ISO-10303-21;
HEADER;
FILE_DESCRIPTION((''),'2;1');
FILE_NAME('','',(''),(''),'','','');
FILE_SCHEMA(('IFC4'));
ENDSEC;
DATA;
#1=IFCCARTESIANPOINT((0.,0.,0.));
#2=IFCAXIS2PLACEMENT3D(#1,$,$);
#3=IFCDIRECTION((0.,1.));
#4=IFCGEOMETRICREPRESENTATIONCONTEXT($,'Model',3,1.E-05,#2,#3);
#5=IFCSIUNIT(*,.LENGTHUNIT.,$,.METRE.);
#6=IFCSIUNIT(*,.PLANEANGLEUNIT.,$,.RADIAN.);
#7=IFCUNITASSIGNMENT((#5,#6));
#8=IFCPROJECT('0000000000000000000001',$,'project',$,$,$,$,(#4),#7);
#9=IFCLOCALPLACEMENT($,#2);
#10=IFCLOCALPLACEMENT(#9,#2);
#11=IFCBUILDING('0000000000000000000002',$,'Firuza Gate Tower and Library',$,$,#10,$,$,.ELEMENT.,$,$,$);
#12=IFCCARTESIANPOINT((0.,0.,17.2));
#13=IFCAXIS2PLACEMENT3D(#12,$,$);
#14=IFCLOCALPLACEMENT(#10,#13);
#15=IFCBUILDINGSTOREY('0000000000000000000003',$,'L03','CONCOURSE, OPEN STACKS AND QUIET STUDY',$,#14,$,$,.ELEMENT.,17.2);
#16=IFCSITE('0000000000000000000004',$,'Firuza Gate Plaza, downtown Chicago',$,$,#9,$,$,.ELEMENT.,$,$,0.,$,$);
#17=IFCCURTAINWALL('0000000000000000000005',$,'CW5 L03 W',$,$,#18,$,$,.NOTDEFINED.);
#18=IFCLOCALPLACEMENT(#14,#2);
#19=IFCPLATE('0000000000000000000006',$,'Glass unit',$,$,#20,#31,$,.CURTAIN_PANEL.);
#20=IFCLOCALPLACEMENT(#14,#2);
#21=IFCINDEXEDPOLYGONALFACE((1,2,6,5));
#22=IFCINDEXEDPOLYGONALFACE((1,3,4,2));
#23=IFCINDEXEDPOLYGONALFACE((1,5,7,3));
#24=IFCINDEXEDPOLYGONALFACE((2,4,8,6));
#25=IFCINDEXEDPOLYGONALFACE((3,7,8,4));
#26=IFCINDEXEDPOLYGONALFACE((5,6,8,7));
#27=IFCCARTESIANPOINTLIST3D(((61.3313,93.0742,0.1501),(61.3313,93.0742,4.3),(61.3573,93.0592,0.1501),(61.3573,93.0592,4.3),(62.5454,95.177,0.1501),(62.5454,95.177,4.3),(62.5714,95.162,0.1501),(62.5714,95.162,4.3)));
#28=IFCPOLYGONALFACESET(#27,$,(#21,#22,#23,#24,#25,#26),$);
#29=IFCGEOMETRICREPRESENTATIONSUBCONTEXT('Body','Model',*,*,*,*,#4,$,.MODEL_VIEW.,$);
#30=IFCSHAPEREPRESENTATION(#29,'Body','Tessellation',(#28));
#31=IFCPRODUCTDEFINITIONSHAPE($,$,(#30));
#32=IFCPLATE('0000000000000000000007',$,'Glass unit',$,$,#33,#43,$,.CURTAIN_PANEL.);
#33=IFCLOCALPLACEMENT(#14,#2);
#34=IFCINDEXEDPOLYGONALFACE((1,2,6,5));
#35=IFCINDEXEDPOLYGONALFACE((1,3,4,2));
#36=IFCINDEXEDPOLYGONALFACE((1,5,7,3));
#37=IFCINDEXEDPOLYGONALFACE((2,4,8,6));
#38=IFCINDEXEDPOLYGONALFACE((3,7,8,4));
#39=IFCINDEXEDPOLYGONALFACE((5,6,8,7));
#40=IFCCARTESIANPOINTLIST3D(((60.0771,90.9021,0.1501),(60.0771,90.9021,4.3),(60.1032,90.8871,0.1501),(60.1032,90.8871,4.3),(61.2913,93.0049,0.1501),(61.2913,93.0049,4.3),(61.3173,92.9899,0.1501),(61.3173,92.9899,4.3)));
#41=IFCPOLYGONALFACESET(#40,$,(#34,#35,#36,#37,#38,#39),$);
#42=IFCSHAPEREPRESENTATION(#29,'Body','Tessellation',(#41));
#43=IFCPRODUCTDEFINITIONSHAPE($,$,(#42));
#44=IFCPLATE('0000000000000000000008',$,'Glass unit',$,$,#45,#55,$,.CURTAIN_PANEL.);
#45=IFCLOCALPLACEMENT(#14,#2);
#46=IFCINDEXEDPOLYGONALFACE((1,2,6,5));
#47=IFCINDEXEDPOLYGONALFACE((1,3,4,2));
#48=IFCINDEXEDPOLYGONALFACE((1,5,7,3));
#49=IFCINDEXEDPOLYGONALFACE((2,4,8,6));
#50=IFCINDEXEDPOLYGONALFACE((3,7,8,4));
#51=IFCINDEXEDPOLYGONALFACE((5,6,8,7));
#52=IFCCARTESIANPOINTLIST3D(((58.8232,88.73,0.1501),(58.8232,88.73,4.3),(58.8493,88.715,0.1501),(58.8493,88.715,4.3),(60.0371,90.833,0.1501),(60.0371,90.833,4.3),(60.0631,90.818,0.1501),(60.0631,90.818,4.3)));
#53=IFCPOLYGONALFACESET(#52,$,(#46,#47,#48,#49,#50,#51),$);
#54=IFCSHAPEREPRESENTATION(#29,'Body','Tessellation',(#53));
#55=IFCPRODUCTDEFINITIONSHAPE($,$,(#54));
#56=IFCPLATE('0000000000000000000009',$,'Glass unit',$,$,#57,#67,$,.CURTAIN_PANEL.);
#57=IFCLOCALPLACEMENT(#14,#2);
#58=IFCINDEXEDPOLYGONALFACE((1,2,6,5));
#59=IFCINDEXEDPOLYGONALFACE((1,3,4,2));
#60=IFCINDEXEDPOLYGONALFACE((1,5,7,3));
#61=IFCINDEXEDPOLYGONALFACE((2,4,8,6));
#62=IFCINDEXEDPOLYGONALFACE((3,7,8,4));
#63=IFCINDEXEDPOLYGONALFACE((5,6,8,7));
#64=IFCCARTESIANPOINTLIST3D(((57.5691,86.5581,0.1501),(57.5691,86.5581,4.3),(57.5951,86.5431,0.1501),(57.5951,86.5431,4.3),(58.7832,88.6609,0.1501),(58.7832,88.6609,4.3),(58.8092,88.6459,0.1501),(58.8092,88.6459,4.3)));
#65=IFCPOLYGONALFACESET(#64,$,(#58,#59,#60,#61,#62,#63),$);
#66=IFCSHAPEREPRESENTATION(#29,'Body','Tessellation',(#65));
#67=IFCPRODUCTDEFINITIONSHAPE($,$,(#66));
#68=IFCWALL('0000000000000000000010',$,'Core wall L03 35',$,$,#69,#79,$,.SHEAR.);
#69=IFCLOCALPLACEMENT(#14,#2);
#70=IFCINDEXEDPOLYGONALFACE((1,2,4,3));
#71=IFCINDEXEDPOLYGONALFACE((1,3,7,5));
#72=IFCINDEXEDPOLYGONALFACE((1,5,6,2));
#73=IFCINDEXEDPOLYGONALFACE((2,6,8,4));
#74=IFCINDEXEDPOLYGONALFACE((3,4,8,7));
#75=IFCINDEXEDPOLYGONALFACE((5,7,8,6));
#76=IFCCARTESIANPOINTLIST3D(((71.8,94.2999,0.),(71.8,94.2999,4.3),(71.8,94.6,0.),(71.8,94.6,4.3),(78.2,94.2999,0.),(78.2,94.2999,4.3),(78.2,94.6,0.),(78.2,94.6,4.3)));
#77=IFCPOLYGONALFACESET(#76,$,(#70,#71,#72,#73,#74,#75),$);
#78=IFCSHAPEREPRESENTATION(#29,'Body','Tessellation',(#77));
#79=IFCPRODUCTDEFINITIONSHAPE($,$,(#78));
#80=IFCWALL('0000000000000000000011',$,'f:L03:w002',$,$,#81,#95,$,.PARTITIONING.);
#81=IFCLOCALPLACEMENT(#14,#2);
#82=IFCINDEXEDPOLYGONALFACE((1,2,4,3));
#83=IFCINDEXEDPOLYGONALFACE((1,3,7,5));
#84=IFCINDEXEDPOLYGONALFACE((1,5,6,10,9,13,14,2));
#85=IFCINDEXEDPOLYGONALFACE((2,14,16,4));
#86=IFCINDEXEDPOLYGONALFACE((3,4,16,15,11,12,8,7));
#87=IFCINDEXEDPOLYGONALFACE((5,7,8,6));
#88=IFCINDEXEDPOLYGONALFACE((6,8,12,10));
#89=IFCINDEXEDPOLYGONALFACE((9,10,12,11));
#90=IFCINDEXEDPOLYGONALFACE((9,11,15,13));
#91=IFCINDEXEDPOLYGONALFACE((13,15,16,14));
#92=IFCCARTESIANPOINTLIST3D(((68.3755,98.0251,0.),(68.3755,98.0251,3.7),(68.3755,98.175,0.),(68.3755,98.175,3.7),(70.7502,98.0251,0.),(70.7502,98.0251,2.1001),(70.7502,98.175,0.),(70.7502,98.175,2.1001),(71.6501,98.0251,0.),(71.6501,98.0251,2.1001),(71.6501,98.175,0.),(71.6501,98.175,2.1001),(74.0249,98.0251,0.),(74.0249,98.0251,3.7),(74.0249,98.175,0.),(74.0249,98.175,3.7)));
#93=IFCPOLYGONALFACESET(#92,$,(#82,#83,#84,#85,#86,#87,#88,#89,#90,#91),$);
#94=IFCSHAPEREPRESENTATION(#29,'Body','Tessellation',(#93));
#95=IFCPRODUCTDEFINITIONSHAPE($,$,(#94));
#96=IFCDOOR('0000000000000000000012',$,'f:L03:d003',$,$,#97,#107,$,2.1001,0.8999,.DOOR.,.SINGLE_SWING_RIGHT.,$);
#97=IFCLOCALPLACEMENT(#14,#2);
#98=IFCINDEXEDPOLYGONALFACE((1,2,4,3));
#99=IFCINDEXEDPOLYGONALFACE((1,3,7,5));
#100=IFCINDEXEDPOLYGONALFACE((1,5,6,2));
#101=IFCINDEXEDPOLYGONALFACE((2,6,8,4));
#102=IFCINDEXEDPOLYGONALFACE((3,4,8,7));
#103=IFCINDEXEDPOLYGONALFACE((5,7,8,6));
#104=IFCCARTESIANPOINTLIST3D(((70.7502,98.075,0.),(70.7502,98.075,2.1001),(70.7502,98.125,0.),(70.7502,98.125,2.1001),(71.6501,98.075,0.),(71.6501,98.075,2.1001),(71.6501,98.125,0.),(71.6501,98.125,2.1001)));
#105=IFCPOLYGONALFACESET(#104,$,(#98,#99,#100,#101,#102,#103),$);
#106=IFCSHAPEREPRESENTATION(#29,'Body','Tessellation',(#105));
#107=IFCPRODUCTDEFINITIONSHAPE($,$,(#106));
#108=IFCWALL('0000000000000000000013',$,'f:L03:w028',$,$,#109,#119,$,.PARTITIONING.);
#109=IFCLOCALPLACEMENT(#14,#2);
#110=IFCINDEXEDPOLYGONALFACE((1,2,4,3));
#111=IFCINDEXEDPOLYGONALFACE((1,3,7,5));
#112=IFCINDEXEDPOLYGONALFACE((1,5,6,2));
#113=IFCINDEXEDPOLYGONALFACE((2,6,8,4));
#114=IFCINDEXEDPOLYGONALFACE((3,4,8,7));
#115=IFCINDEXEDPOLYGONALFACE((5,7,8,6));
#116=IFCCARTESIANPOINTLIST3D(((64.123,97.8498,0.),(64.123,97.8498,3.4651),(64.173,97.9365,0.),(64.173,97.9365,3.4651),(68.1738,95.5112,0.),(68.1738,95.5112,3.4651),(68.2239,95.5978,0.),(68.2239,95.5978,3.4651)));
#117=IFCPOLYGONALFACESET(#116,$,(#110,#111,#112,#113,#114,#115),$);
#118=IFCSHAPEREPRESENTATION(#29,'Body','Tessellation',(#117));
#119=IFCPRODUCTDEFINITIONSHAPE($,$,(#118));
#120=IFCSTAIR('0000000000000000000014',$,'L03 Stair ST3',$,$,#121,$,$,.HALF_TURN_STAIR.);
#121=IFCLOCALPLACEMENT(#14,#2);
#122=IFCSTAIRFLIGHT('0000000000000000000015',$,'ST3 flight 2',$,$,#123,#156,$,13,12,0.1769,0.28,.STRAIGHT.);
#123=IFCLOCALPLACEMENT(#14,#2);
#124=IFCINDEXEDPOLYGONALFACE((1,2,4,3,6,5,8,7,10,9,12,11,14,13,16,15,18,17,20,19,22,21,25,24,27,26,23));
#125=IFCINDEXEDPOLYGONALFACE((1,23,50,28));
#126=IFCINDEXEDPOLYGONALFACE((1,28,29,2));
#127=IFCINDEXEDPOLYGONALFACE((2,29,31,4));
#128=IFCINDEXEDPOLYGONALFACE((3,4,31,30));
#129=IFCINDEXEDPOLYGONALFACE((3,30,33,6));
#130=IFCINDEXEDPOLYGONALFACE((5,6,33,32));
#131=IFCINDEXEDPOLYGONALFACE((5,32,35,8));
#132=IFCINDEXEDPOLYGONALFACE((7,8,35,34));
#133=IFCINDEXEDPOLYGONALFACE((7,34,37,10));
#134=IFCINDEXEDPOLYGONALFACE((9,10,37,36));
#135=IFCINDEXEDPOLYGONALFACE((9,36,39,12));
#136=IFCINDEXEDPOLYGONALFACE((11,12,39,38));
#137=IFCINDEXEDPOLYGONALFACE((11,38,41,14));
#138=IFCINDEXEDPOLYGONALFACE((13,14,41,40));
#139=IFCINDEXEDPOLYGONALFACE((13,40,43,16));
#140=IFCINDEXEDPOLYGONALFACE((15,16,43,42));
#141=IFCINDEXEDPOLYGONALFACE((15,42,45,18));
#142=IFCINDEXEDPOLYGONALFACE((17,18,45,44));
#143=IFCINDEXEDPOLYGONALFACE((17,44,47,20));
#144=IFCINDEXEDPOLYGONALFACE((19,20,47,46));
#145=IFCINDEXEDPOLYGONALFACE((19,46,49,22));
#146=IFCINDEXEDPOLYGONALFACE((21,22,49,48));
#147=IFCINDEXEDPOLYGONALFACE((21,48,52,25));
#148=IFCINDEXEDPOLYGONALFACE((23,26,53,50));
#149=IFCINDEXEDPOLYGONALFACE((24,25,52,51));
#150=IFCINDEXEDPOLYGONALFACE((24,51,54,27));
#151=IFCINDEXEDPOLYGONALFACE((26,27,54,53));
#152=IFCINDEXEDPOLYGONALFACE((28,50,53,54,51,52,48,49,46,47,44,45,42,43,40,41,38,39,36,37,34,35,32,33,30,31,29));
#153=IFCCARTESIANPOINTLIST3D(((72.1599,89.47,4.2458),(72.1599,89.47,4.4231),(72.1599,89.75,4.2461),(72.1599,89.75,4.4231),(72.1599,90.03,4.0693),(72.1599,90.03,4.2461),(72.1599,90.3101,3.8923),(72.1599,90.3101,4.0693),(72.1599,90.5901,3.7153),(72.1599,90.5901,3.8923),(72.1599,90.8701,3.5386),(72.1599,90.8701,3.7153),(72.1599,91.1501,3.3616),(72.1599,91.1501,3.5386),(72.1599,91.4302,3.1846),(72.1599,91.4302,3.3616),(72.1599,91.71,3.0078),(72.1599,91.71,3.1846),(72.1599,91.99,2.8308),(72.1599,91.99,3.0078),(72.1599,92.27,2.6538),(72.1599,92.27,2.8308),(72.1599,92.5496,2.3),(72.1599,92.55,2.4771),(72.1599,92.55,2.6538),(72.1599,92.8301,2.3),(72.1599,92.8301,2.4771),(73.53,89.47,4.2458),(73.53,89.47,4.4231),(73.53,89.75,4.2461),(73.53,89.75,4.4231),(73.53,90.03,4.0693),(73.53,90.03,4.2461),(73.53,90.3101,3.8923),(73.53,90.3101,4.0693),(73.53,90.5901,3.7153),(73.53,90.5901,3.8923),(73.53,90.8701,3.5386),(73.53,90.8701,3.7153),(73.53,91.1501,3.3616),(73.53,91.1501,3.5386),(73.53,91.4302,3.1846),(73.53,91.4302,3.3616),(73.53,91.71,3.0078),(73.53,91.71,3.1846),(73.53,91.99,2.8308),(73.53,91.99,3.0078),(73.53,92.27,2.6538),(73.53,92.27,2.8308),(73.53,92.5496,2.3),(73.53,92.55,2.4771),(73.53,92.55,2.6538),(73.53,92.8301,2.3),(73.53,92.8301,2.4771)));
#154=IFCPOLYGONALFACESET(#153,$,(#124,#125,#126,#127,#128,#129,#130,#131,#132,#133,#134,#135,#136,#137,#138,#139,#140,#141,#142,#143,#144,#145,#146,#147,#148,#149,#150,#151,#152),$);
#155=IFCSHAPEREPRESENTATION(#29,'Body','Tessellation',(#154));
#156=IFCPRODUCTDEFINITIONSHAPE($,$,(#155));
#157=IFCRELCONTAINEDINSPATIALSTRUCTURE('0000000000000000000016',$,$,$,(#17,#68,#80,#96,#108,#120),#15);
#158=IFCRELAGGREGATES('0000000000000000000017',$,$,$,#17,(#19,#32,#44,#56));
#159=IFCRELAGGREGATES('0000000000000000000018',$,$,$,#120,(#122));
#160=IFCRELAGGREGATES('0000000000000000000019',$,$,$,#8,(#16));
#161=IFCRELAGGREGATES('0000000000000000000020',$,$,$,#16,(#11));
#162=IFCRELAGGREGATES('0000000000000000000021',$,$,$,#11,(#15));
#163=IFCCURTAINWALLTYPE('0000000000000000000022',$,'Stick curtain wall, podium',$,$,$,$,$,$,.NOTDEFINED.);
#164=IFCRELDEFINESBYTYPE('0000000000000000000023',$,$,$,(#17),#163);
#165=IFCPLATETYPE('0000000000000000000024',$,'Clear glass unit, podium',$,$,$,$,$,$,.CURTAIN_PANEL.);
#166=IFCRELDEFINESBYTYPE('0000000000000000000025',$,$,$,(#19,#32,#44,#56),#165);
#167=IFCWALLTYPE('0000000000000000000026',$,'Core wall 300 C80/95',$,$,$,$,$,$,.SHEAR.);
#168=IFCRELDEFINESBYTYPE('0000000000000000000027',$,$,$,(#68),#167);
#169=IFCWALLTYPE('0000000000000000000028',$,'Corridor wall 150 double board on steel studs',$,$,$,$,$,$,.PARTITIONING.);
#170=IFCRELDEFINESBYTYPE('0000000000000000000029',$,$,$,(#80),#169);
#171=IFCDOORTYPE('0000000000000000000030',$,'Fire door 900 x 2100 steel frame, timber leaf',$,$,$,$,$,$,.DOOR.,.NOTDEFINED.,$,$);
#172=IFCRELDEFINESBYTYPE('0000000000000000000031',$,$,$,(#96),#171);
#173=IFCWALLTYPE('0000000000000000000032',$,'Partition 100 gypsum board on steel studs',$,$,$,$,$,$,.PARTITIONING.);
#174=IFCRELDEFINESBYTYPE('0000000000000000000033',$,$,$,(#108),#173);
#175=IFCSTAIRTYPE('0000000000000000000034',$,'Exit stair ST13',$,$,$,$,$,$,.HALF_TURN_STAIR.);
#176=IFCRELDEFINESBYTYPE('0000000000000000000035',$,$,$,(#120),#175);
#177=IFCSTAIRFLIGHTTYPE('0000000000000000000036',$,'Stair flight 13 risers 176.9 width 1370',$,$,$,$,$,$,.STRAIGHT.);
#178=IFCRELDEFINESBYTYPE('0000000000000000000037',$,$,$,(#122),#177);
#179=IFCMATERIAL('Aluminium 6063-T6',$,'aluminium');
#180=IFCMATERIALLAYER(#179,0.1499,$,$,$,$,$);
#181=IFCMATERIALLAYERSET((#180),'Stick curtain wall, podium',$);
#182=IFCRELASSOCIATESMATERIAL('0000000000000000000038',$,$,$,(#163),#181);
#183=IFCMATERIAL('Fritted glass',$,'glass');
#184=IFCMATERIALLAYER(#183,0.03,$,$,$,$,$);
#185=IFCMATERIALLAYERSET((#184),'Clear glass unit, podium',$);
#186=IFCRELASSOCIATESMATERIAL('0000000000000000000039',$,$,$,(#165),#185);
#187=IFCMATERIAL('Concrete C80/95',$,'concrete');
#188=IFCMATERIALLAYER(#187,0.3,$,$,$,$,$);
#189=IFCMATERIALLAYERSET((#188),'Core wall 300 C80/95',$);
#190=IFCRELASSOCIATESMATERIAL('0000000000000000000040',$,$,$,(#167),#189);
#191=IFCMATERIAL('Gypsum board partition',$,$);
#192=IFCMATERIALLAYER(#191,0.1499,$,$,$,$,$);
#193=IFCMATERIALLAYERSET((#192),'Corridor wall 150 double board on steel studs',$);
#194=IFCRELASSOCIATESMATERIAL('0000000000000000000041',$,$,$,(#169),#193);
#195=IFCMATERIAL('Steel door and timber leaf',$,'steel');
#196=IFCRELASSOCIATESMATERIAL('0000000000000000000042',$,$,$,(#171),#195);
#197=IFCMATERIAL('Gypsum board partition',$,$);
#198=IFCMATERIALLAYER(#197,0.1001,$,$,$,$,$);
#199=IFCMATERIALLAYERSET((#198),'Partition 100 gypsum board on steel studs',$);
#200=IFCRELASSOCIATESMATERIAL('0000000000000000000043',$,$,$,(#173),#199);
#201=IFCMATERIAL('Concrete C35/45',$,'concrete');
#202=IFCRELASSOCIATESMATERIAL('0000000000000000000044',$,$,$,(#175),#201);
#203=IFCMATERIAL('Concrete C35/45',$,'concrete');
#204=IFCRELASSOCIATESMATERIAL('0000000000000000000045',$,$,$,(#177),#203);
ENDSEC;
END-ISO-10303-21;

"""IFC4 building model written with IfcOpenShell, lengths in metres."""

from ifc_helpers import new_model, si_unit, direction, frame, frame_2d, origin, place, context, subcontext, project, spatial, polyline, rectangle, outline, extrude, material, layer, layer_set, type_object, element, fill, aggregate, save


model = new_model("IFC4")

# Units and contexts
model_context = context("Model", 3, precision=1e-05, world=origin(), true_north=direction((0.0, 1.0)))
body_context = subcontext(model_context, "Body", "Model", "MODEL_VIEW")
ifc_project = project(units=[si_unit("LENGTHUNIT", "METRE"), si_unit("PLANEANGLEUNIT", "RADIAN")], contexts=[model_context])

# Site, building, storey
site_placement = place(None, origin())
site = spatial("IfcSite", under=ifc_project, at=site_placement, Name="Firuza Gate Plaza, downtown Chicago", CompositionType="ELEMENT", RefElevation=0.0)
building_placement = place(site_placement, origin())
building = spatial("IfcBuilding", under=site, at=building_placement, Name="Firuza Gate Tower and Library", CompositionType="ELEMENT")
storey_placement = place(building_placement, frame((0.0, 0.0, 17.2)))
storey = spatial("IfcBuildingStorey", under=building, at=storey_placement, Name="L03", Description="CONCOURSE, OPEN STACKS AND QUIET STUDY", CompositionType="ELEMENT", Elevation=17.2)

# Curtain wall
ifc_material_1 = material(Name="Aluminium 6063-T6", Category="aluminium")
ifc_layer_1 = layer(ifc_material_1, 0.1499)
ifc_layer_set_1 = layer_set([ifc_layer_1], Name="Stick curtain wall, podium")
curtain_wall_type = type_object("IfcCurtainWallType", Name="Stick curtain wall, podium", PredefinedType="NOTDEFINED", material=ifc_layer_set_1)
placement = place(storey_placement, origin())
curtain_wall = element("IfcCurtainWall", 1, at=placement, inside=storey, type_object=curtain_wall_type, Name="CW5 L03 W", PredefinedType="NOTDEFINED")

# Plates
ifc_material_2 = material(Name="Fritted glass", Category="glass")
ifc_layer_2 = layer(ifc_material_2, 0.03)
ifc_layer_set_2 = layer_set([ifc_layer_2], Name="Clear glass unit, podium")
plate_type = type_object("IfcPlateType", Name="Clear glass unit, podium", PredefinedType="CURTAIN_PANEL", material=ifc_layer_set_2)
plate_1_placement = place(storey_placement, frame((62.5454, 95.177, 0.1501), z_axis=(-0.866013, 0.500021, 0.0), x_axis=(-0.500021, -0.866013, 0.0)))
plate_1 = element("IfcPlate", 2, at=plate_1_placement, type_object=plate_type, Name="Glass unit", PredefinedType="CURTAIN_PANEL", context=body_context, shape_type="SweptSolid", body=[
    extrude(outline(polyline([(0.0, 0.0), (2.4281, 0.0), (2.4281, 4.1499), (0.0, 4.1499), (0.0, 0.0)])), origin(), (0.0, 0.0, -1.0), 0.03),
])
plate_2_placement = place(storey_placement, frame((61.2913, 93.0049, 0.1501), z_axis=(-0.866013, 0.500021, 0.0), x_axis=(-0.500021, -0.866013, 0.0)))
plate_2 = element("IfcPlate", 3, at=plate_2_placement, type_object=plate_type, Name="Glass unit", PredefinedType="CURTAIN_PANEL", context=body_context, shape_type="SweptSolid", body=[
    extrude(outline(polyline([(0.0, 0.0), (2.4281, 0.0), (2.4281, 4.1499), (0.0, 4.1499), (0.0, 0.0)])), origin(), (0.0, 0.0, -1.0), 0.03),
])
plate_3_placement = place(storey_placement, frame((60.0371, 90.833, 0.1501), z_axis=(-0.866082, 0.499902, 0.0), x_axis=(-0.499902, -0.866082, 0.0)))
plate_3 = element("IfcPlate", 4, at=plate_3_placement, type_object=plate_type, Name="Glass unit", PredefinedType="CURTAIN_PANEL", context=body_context, shape_type="SweptSolid", body=[
    extrude(outline(polyline([(0.0, 0.0), (2.4282, 0.0), (2.4282, 4.1499), (0.0, 4.1499), (0.0, 0.0)])), origin(), (0.0, 0.0, -1.0), 0.03),
])
plate_4_placement = place(storey_placement, frame((58.7832, 88.6609, 0.1501), z_axis=(-0.866013, 0.500021, 0.0), x_axis=(-0.500021, -0.866013, 0.0)))
plate_4 = element("IfcPlate", 5, at=plate_4_placement, type_object=plate_type, Name="Glass unit", PredefinedType="CURTAIN_PANEL", context=body_context, shape_type="SweptSolid", body=[
    extrude(outline(polyline([(0.0, 0.0), (2.4281, 0.0), (2.4281, 4.1499), (0.0, 4.1499), (0.0, 0.0)])), origin(), (0.0, 0.0, -1.0), 0.03),
])
aggregate(curtain_wall, [plate_1, plate_2, plate_3, plate_4])

# Wall
ifc_material_3 = material(Name="Concrete C80/95", Category="concrete")
ifc_layer_3 = layer(ifc_material_3, 0.3)
ifc_layer_set_3 = layer_set([ifc_layer_3], Name="Core wall 300 C80/95")
wall_type_1 = type_object("IfcWallType", Name="Core wall 300 C80/95", PredefinedType="SHEAR", material=ifc_layer_set_3)
wall_1_placement = place(storey_placement, frame((71.8, 94.45, 0.0), z_axis=(0.0, 0.0, 1.0), x_axis=(1.0, 0.0, 0.0)))
element("IfcWall", 6, at=wall_1_placement, inside=storey, type_object=wall_type_1, Name="Core wall L03 35", PredefinedType="SHEAR", context=body_context, shape_type="SweptSolid", body=[
    extrude(rectangle(XDim=6.3999, YDim=0.3, at=frame_2d((3.2, 0.0))), origin(), (0.0, 0.0, 1.0), 4.3),
])

# Wall, opening, door
ifc_material_4 = material(Name="Gypsum board partition")
ifc_layer_4 = layer(ifc_material_4, 0.1499)
ifc_layer_set_4 = layer_set([ifc_layer_4], Name="Corridor wall 150 double board on steel studs")
wall_type_2 = type_object("IfcWallType", Name="Corridor wall 150 double board on steel studs", PredefinedType="PARTITIONING", material=ifc_layer_set_4)
wall_2_placement = place(storey_placement, frame((68.3755, 98.1001, 0.0), z_axis=(0.0, 0.0, 1.0), x_axis=(1.0, 0.0, 0.0)))
wall_2 = element("IfcWall", 7, at=wall_2_placement, inside=storey, type_object=wall_type_2, Name="f:L03:w002", PredefinedType="PARTITIONING", context=body_context, shape_type="SweptSolid", body=[
    extrude(rectangle(XDim=5.6494, YDim=0.1499, at=frame_2d((2.8247, 0.0))), origin(), (0.0, 0.0, 1.0), 3.7),
])
opening_placement = place(wall_2_placement, frame((2.3748, 0.0, 0.0)))
opening = element("IfcOpeningElement", 8, at=opening_placement, cuts=wall_2, PredefinedType="OPENING", context=body_context, shape_type="SweptSolid", body=[
    extrude(rectangle(XDim=0.8999, YDim=2.1001, at=frame_2d((0.45, 1.05))), frame((0.0, 0.085, 0.0), z_axis=(0.0, -1.0, 0.0), x_axis=(1.0, 0.0, 0.0)), (0.0, 0.0, 1.0), 0.1699),
])
ifc_material_5 = material(Name="Steel door and timber leaf", Category="steel")
door_type = type_object("IfcDoorType", Name="Fire door 900 x 2100 steel frame, timber leaf", OperationType="NOTDEFINED", PredefinedType="DOOR", material=ifc_material_5)
door_placement = place(opening_placement, origin())
door = element("IfcDoor", 9, at=door_placement, inside=storey, type_object=door_type, Name="f:L03:d003", OperationType="SINGLE_SWING_RIGHT", OverallHeight=2.1001, OverallWidth=0.8999, PredefinedType="DOOR", context=body_context, shape_type="SweptSolid", body=[
    extrude(rectangle(XDim=0.8999, YDim=2.1001, at=frame_2d((0.45, 1.05))), frame((0.0, 0.0249, 0.0), z_axis=(0.0, -1.0, 0.0), x_axis=(1.0, 0.0, 0.0)), (0.0, 0.0, 1.0), 0.05),
])
fill(opening, door)

# Wall
ifc_material_6 = material(Name="Gypsum board partition")
ifc_layer_5 = layer(ifc_material_6, 0.1001)
ifc_layer_set_5 = layer_set([ifc_layer_5], Name="Partition 100 gypsum board on steel studs")
wall_type_3 = type_object("IfcWallType", Name="Partition 100 gypsum board on steel studs", PredefinedType="PARTITIONING", material=ifc_layer_set_5)
wall_3_placement = place(storey_placement, frame((68.199, 95.5544, 0.0), z_axis=(0.0, 0.0, 1.0), x_axis=(-0.866034, 0.499985, 0.0)))
element("IfcWall", 10, at=wall_3_placement, inside=storey, type_object=wall_type_3, Name="f:L03:w028", PredefinedType="PARTITIONING", context=body_context, shape_type="SweptSolid", body=[
    extrude(rectangle(XDim=4.6775, YDim=0.1001, at=frame_2d((2.3389, 0.0))), origin(), (0.0, 0.0, 1.0), 3.4651),
])

# Stair, stair flight
ifc_material_7 = material(Name="Concrete C35/45", Category="concrete")
stair_type = type_object("IfcStairType", Name="Exit stair ST13", PredefinedType="HALF_TURN_STAIR", material=ifc_material_7)
stair = element("IfcStair", 11, at=placement, inside=storey, type_object=stair_type, Name="L03 Stair ST3", PredefinedType="HALF_TURN_STAIR")
ifc_material_8 = material(Name="Concrete C35/45", Category="concrete")
stair_flight_type = type_object("IfcStairFlightType", Name="Stair flight 13 risers 176.9 width 1370", PredefinedType="STRAIGHT", material=ifc_material_8)
stair_flight_placement = place(storey_placement, frame((72.845, 92.8301, 2.3), z_axis=(0.0, 0.0, 1.0), x_axis=(0.0, -1.0, 0.0)))
stair_flight = element("IfcStairFlight", 12, at=stair_flight_placement, type_object=stair_flight_type, Name="ST3 flight 2", NumberOfRisers=13, NumberOfTreads=12, PredefinedType="STRAIGHT", RiserHeight=0.1769, TreadLength=0.28, context=body_context, shape_type="SweptSolid", body=[
    extrude(outline(polyline([(0.0, 0.0), (0.0, 0.177), (0.28, 0.177), (0.28, 0.3538), (0.5601, 0.3538), (0.5601, 0.5308), (0.8401, 0.5308), (0.8401, 0.7078), (1.1201, 0.7078), (1.1201, 0.8845), (1.3999, 0.8845), (1.3999, 1.0615), (1.6799, 1.0615), (1.6799, 1.2385), (1.96, 1.2385), (1.96, 1.4153), (2.24, 1.4153), (2.24, 1.5923), (2.52, 1.5923), (2.52, 1.7693), (2.8, 1.7693), (2.8, 1.946), (3.0801, 1.946), (3.0801, 2.123), (3.3601, 2.123), (3.3601, 2.3), (3.3601, 1.9458), (0.2805, 0.0), (0.0, 0.0)])), frame((0.0, 0.6851, 0.0), z_axis=(0.0, -1.0, 0.0), x_axis=(1.0, 0.0, 0.0)), (0.0, 0.0, 1.0), 1.3701),
])
aggregate(stair, [stair_flight])

save(model, "model.ifc")
